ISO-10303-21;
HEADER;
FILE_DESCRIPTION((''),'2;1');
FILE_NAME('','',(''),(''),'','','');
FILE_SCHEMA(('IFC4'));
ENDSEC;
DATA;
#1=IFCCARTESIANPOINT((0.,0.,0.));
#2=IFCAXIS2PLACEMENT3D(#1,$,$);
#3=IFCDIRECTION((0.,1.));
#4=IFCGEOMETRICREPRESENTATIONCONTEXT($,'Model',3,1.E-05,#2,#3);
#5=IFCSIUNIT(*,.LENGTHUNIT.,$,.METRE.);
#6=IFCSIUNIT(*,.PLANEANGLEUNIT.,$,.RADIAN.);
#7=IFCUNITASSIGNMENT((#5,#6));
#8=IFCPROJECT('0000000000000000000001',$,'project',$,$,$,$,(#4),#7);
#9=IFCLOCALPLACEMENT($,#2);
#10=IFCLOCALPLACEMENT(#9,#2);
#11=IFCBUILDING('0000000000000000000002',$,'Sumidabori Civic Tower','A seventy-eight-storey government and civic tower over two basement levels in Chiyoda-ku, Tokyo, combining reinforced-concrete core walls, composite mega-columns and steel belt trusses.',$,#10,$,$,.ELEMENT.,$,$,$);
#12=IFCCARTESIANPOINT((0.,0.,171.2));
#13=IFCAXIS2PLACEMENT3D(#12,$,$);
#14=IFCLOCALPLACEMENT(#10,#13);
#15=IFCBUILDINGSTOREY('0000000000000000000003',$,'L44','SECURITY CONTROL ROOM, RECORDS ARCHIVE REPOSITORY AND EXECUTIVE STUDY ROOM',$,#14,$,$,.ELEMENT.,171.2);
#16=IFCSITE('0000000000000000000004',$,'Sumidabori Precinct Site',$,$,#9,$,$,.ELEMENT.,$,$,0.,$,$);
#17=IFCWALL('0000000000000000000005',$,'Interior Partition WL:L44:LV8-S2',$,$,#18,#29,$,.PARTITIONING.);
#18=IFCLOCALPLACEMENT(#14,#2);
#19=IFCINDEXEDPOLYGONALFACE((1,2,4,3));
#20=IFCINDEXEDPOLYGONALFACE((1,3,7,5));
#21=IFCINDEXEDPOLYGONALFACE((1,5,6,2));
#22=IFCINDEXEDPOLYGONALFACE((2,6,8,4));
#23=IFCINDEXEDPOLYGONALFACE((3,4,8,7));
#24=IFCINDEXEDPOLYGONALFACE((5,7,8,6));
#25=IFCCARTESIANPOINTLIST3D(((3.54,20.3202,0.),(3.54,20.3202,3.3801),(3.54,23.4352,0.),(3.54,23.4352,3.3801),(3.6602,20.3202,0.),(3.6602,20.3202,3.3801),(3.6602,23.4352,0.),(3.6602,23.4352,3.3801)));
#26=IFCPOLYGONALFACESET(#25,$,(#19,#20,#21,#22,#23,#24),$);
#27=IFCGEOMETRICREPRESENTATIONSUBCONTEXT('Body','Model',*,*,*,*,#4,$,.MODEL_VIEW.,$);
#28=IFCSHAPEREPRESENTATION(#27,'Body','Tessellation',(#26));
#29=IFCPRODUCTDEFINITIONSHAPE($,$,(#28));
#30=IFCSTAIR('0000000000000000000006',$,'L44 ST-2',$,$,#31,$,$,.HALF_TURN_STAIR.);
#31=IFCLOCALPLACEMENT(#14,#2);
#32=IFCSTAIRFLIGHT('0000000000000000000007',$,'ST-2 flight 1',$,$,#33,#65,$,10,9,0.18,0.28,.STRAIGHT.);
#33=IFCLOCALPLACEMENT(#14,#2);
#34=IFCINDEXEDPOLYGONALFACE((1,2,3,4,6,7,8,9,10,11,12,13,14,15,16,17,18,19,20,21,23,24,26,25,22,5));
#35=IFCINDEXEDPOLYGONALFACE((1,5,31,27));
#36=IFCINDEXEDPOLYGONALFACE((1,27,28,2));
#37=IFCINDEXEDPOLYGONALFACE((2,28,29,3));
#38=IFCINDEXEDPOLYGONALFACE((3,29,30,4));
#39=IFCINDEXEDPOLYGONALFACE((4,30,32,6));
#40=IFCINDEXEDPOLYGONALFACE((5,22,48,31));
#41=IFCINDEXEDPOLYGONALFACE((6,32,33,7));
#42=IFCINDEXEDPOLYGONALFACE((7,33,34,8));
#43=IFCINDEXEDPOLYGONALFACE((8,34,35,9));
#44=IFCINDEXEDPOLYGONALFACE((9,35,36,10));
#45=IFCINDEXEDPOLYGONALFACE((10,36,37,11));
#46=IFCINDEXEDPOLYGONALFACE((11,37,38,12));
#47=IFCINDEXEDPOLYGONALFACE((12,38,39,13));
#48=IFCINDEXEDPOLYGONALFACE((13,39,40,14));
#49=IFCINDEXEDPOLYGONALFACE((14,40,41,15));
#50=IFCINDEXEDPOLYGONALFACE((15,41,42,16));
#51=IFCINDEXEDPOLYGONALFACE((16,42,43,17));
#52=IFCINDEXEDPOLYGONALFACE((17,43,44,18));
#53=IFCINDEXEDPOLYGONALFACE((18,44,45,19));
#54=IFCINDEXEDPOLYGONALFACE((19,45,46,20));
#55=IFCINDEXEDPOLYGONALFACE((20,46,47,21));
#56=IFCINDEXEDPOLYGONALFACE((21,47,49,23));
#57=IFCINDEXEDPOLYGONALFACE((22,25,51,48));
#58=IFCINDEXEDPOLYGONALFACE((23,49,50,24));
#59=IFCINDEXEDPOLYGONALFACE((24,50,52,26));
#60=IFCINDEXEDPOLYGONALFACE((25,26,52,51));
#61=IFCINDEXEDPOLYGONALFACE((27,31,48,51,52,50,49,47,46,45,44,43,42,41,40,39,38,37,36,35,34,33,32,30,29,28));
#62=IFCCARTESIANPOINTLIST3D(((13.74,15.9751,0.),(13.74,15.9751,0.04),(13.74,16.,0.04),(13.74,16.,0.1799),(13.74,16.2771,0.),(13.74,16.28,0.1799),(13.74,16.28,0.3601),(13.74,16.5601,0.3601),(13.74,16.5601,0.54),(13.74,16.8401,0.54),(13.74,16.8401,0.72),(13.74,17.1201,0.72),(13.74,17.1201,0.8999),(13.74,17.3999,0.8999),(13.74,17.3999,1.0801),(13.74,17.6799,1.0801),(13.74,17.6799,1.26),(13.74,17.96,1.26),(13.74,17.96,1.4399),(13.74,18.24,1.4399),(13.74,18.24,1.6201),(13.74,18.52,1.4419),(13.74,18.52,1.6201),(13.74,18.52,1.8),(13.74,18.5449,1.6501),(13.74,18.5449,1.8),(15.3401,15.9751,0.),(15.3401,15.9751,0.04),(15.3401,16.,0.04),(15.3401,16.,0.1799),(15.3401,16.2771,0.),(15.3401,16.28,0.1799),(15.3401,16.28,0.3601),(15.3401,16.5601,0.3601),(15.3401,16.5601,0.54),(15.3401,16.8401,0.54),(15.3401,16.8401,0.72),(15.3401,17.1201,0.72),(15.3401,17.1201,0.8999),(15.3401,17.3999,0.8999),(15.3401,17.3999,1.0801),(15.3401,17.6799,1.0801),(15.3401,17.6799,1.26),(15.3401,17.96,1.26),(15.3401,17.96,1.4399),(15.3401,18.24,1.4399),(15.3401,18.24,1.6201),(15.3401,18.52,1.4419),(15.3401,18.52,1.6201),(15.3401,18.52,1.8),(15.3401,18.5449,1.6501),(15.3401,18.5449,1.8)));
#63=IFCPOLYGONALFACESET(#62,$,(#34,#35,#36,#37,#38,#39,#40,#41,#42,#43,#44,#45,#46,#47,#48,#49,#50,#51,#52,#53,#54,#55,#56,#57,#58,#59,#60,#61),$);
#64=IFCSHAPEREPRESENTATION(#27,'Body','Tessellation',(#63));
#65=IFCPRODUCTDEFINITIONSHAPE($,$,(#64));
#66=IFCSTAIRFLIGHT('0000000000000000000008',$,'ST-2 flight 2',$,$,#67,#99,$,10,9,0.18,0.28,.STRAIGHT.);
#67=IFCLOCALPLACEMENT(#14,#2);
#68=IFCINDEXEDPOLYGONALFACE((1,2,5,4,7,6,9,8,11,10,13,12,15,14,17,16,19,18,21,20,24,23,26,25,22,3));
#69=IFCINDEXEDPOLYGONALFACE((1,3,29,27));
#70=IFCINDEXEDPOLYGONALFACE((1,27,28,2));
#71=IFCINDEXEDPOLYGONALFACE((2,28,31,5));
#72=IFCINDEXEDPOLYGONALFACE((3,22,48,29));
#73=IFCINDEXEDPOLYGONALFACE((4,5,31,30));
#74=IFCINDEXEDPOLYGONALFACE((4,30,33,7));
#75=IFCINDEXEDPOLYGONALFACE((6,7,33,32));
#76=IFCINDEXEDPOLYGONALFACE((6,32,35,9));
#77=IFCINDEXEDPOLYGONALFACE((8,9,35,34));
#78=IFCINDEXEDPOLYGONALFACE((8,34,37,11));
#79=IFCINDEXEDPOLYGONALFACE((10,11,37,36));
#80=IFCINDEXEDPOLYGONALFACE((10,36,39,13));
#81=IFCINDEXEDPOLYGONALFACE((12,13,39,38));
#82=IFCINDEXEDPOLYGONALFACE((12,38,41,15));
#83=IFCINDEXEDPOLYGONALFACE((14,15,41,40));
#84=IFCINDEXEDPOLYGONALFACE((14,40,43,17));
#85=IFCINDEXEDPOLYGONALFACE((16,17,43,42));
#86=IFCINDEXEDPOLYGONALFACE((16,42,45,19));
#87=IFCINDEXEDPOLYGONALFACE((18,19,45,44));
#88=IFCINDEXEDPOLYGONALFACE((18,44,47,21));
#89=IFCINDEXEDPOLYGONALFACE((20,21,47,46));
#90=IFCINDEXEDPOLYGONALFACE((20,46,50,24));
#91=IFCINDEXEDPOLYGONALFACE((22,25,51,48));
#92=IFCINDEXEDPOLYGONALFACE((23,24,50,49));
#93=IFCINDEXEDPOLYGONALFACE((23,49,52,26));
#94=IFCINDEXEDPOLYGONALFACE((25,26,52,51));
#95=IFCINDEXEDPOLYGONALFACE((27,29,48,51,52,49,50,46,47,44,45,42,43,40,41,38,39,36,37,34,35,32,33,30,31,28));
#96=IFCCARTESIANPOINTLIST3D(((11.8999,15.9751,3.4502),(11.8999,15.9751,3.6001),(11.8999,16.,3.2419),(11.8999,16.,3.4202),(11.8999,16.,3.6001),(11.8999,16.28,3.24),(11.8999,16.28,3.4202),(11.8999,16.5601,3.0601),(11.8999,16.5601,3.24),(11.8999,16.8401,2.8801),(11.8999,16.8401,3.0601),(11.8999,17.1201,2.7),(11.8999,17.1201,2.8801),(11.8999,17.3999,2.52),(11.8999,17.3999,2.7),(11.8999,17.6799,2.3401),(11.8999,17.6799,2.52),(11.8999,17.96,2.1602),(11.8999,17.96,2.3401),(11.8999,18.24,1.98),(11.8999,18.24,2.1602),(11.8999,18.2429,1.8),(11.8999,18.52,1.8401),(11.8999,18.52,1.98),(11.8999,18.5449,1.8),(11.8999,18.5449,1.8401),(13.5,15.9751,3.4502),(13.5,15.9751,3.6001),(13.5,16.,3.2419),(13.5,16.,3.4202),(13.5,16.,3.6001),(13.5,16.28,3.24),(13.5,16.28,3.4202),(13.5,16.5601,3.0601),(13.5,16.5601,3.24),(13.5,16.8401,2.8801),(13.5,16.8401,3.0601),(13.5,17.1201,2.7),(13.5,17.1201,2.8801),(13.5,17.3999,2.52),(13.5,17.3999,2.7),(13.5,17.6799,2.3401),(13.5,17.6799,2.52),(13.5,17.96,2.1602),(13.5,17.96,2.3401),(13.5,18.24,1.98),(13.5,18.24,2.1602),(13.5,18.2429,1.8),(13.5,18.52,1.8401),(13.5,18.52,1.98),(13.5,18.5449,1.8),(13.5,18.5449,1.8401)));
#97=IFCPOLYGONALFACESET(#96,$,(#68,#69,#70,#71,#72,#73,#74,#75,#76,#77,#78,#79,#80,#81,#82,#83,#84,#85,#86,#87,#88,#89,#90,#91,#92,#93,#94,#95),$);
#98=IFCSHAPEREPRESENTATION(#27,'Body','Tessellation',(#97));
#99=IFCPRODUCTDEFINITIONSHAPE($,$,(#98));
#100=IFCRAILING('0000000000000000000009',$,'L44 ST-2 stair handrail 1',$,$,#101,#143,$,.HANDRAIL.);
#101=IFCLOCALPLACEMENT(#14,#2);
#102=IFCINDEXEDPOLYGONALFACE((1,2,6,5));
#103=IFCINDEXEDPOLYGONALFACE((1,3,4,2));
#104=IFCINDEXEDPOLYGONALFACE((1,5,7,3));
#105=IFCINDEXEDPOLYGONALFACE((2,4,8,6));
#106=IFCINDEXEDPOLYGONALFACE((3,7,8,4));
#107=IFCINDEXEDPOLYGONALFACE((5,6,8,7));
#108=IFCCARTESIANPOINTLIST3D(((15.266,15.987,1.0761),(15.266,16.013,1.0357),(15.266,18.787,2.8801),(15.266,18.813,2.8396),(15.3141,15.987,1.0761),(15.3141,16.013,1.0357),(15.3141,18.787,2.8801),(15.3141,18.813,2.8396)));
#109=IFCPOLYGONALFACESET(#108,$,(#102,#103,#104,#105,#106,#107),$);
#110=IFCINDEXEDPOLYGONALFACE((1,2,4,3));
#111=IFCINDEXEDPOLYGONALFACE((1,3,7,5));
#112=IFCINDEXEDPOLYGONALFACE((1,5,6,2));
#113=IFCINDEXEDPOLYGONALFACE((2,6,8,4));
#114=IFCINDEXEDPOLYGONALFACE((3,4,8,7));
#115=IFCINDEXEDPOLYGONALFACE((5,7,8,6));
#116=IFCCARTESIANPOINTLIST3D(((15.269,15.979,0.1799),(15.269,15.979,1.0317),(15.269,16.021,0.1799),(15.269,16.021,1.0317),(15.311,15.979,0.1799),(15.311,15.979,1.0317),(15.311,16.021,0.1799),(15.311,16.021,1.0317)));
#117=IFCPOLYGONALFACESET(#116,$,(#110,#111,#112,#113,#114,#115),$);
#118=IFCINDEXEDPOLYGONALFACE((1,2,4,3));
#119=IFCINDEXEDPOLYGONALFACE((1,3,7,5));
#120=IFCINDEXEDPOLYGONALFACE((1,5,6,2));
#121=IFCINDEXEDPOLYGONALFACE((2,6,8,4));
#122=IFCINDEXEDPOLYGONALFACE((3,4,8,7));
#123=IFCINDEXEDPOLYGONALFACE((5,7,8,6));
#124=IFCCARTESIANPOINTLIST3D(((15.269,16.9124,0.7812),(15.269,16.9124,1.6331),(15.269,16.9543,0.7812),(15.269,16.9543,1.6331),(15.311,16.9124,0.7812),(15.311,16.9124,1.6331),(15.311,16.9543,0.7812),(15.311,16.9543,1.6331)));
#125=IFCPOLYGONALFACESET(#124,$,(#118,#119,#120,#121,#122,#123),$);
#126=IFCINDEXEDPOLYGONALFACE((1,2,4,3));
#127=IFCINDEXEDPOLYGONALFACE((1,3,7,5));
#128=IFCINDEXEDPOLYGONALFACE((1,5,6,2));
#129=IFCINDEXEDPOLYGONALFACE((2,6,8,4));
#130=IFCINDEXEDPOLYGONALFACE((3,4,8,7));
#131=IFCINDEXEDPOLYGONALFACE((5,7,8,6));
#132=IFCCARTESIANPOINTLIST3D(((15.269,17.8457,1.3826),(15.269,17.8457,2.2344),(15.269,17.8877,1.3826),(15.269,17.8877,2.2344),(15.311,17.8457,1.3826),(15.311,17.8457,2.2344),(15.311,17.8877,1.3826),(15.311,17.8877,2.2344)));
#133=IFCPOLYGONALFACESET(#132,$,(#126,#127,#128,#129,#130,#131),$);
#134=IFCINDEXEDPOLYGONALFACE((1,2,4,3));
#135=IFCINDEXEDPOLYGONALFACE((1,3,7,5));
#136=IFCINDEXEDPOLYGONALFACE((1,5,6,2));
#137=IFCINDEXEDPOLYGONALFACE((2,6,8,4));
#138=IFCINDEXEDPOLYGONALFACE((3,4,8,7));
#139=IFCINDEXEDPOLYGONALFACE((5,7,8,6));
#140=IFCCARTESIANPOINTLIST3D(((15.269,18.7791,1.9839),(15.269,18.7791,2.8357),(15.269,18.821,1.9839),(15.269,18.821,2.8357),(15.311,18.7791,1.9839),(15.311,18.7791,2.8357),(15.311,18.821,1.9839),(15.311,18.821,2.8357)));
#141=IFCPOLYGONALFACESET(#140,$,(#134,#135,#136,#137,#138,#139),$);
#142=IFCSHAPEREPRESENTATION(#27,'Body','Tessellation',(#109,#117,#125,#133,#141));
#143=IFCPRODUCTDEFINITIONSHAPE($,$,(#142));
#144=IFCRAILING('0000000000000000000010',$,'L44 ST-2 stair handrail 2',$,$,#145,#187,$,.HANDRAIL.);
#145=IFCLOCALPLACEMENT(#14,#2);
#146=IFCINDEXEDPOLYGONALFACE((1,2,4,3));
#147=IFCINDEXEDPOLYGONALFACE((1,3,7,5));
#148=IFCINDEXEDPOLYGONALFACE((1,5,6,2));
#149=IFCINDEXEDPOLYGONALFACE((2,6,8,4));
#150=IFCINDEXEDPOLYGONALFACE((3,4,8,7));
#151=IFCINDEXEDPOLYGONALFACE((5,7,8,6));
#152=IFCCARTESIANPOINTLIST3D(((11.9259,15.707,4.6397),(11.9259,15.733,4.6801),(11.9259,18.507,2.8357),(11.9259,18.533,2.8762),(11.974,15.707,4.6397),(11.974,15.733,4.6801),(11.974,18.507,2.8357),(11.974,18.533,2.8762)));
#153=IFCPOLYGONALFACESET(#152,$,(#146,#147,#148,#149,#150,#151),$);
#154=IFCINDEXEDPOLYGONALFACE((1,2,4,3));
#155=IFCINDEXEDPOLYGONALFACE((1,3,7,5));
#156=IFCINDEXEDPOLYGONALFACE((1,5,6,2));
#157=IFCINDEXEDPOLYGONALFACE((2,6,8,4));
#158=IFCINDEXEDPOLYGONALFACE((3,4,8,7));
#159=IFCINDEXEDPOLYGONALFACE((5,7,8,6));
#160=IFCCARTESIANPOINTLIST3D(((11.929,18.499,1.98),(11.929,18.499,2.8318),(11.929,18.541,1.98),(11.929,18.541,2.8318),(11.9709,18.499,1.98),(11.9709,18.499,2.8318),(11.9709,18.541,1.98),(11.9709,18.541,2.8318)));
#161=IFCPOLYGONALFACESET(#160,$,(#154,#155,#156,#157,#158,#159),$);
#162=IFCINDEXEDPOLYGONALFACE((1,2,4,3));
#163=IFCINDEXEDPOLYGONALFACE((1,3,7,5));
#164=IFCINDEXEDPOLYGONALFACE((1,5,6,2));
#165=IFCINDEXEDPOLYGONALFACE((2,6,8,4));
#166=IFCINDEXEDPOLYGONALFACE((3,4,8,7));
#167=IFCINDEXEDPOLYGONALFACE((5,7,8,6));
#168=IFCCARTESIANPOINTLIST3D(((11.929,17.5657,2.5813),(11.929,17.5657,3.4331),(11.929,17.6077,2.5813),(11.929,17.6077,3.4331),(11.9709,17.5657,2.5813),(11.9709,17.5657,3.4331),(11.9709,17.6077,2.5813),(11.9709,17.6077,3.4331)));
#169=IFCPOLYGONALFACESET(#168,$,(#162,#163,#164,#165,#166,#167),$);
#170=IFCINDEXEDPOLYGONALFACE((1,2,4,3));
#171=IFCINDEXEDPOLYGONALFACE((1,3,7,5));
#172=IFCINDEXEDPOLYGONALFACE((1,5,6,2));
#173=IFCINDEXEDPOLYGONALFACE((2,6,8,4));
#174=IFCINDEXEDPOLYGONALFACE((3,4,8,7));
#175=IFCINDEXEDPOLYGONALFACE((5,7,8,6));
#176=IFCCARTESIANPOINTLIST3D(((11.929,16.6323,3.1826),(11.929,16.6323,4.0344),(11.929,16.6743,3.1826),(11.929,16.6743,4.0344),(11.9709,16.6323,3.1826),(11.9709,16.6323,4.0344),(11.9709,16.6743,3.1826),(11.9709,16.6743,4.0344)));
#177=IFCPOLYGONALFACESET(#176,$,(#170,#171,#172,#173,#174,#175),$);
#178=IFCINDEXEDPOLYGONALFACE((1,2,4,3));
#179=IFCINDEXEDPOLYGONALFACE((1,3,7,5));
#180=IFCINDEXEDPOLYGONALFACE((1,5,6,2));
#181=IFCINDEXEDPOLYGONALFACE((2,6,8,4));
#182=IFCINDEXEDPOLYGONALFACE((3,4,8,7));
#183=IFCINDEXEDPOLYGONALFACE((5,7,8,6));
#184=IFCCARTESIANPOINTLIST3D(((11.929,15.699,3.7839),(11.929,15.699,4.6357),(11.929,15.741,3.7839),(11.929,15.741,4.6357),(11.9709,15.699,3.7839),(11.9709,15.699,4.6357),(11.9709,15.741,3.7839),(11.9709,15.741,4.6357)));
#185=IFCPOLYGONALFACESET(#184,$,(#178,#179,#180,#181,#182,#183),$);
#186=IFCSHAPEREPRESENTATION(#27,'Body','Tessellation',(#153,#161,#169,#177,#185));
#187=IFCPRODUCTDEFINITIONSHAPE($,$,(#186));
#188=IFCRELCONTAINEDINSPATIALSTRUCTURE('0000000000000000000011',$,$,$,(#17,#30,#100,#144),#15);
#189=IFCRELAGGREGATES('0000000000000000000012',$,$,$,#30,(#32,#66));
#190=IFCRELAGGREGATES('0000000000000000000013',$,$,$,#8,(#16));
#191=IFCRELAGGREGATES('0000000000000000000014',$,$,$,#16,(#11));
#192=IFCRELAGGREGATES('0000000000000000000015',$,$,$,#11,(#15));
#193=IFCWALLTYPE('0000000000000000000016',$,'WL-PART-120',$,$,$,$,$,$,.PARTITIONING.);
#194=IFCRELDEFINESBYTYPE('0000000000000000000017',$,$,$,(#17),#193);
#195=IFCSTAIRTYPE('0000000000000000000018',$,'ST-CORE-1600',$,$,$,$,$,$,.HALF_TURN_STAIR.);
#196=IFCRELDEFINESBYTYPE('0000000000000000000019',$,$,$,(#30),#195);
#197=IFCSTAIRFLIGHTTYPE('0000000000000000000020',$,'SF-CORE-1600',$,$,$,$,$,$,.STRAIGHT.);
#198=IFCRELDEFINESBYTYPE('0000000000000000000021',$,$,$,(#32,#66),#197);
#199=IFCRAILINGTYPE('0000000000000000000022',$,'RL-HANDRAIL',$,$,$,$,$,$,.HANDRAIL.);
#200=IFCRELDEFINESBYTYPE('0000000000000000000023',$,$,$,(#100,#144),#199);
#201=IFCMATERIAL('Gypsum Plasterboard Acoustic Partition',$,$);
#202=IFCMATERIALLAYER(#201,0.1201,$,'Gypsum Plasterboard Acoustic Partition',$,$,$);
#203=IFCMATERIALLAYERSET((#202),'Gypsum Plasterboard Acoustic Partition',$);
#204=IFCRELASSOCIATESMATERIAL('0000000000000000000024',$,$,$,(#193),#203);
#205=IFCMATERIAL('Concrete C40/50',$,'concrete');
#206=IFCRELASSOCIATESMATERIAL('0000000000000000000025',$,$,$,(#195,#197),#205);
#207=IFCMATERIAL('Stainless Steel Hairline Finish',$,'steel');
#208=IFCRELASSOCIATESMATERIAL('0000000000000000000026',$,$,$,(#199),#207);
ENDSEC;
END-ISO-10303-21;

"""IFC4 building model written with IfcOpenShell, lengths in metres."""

from ifc_helpers import new_model, si_unit, direction, frame, frame_2d, origin, origin_2d, place, context, subcontext, project, spatial, polyline, rectangle, outline, extrude, source, transform, mapped, material, layer, layer_set, type_object, element, aggregate, save


model = new_model("IFC4")

# Units and contexts
model_context = context("Model", 3, precision=1e-05, world=origin(), true_north=direction((0.0, 1.0)))
body_context = subcontext(model_context, "Body", "Model", "MODEL_VIEW")
ifc_project = project(units=[si_unit("LENGTHUNIT", "METRE"), si_unit("PLANEANGLEUNIT", "RADIAN")], contexts=[model_context])

# Site, building, storey
site_placement = place(None, origin())
site = spatial("IfcSite", under=ifc_project, at=site_placement, Name="Sumidabori Precinct Site", CompositionType="ELEMENT", RefElevation=0.0)
building_placement = place(site_placement, origin())
building = spatial("IfcBuilding", under=site, at=building_placement, Name="Sumidabori Civic Tower", Description="A seventy-eight-storey government and civic tower over two basement levels in Chiyoda-ku, Tokyo, combining reinforced-concrete core walls, composite mega-columns and steel belt trusses.", CompositionType="ELEMENT")
storey_placement = place(building_placement, frame((0.0, 0.0, 171.2)))
storey = spatial("IfcBuildingStorey", under=building, at=storey_placement, Name="L44", Description="SECURITY CONTROL ROOM, RECORDS ARCHIVE REPOSITORY AND EXECUTIVE STUDY ROOM", CompositionType="ELEMENT", Elevation=171.2)

# Wall
ifc_material_1 = material(Name="Gypsum Plasterboard Acoustic Partition")
ifc_layer_1 = layer(ifc_material_1, 0.1201, Name="Gypsum Plasterboard Acoustic Partition")
ifc_layer_set_1 = layer_set([ifc_layer_1], Name="Gypsum Plasterboard Acoustic Partition")
wall_type_1 = type_object("IfcWallType", Name="WL-PART-120", PredefinedType="PARTITIONING", material=ifc_layer_set_1)
shared_shape_1 = source(origin(), body_context, "Body", "SweptSolid", [
    extrude(rectangle(XDim=3.115, YDim=0.1201, at=frame_2d((1.5576, 0.0))), origin(), (0.0, 0.0, 1.0), 3.3801),
])
for number, where, z_axis, x_axis, name in (
    (1, (3.6001, 20.3201, 0.0), (0.0, 0.0, 1.0), (0.0, 1.0, 0.0), "Interior Partition WL:L44:LV8-S2"),
):
    element("IfcWall", number, at=place(storey_placement, frame(where, z_axis=z_axis, x_axis=x_axis)), inside=storey, type_object=wall_type_1, Name=name, PredefinedType="PARTITIONING", context=body_context, shape_type="MappedRepresentation", body=[
        mapped(shared_shape_1, transform((0.0, 0.0, 0.0), x_axis=(1.0, 0.0, 0.0), y_axis=(0.0, 1.0, 0.0), z_axis=(0.0, 0.0, 1.0), scale=1.0)),
    ])

# Stair, stair flights
ifc_material_2 = material(Name="Concrete C40/50", Category="concrete")
stair_type = type_object("IfcStairType", Name="ST-CORE-1600", PredefinedType="HALF_TURN_STAIR", material=ifc_material_2)
stair_placement = place(storey_placement, origin())
stair = element("IfcStair", 2, at=stair_placement, inside=storey, type_object=stair_type, Name="L44 ST-2", PredefinedType="HALF_TURN_STAIR")
stair_flight_type = type_object("IfcStairFlightType", Name="SF-CORE-1600", PredefinedType="STRAIGHT", material=ifc_material_2)
shared_shape_2 = source(origin(), body_context, "Body", "SweptSolid", [
    extrude(outline(polyline([(-0.0249, 0.0), (-0.0249, 0.04), (0.0, 0.04), (0.0, 0.1799), (0.28, 0.1799), (0.28, 0.3601), (0.5601, 0.3601), (0.5601, 0.54), (0.8401, 0.54), (0.8401, 0.72), (1.1201, 0.72), (1.1201, 0.8999), (1.3999, 0.8999), (1.3999, 1.0801), (1.6799, 1.0801), (1.6799, 1.26), (1.96, 1.26), (1.96, 1.4399), (2.24, 1.4399), (2.24, 1.6201), (2.52, 1.6201), (2.52, 1.8), (2.5449, 1.8), (2.5449, 1.6501), (2.52, 1.4419), (0.2771, 0.0), (-0.0249, 0.0)])), frame((0.0, 0.8, 0.0), z_axis=(0.0, -1.0, 0.0), x_axis=(1.0, 0.0, 0.0)), (0.0, 0.0, 1.0), 1.6001),
])
stair_flight_1_placement = place(storey_placement, frame((14.54, 16.0, 0.0), z_axis=(0.0, 0.0, 1.0), x_axis=(0.0, 1.0, 0.0)))
stair_flight_1 = element("IfcStairFlight", 3, at=stair_flight_1_placement, type_object=stair_flight_type, Name="ST-2 flight 1", NumberOfRisers=10, NumberOfTreads=9, PredefinedType="STRAIGHT", RiserHeight=0.18, TreadLength=0.28, context=body_context, shape_type="MappedRepresentation", body=[
    mapped(shared_shape_2, transform((0.0, 0.0, 0.0), x_axis=(1.0, 0.0, 0.0), y_axis=(0.0, 1.0, 0.0), z_axis=(0.0, 0.0, 1.0), scale=1.0)),
])
stair_flight_2_placement = place(storey_placement, frame((12.7, 18.52, 1.8), z_axis=(0.0, 0.0, 1.0), x_axis=(0.0, -1.0, 0.0)))
stair_flight_2 = element("IfcStairFlight", 4, at=stair_flight_2_placement, type_object=stair_flight_type, Name="ST-2 flight 2", NumberOfRisers=10, NumberOfTreads=9, PredefinedType="STRAIGHT", RiserHeight=0.18, TreadLength=0.28, context=body_context, shape_type="MappedRepresentation", body=[
    mapped(shared_shape_2, transform((0.0, 0.0, 0.0), x_axis=(1.0, 0.0, 0.0), y_axis=(0.0, 1.0, 0.0), z_axis=(0.0, 0.0, 1.0), scale=1.0)),
])
aggregate(stair, [stair_flight_1, stair_flight_2])

# Railings
ifc_material_3 = material(Name="Stainless Steel Hairline Finish", Category="steel")
railing_type_1 = type_object("IfcRailingType", Name="RL-HANDRAIL", PredefinedType="HANDRAIL", material=ifc_material_3)
railing_1_placement = place(storey_placement, frame((15.29, 16.0, 0.1799)))
element("IfcRailing", 5, at=railing_1_placement, inside=storey, type_object=railing_type_1, Name="L44 ST-2 stair handrail 1", PredefinedType="HANDRAIL", context=body_context, shape_type="SweptSolid", body=[
    extrude(rectangle(XDim=0.0481, YDim=0.0481, at=origin_2d()), frame((0.0, 0.0, 0.876), z_axis=(0.0, 0.840642, 0.541591), x_axis=(-1.0, 0.0, 0.0)), (0.0, 0.0, 1.0), 3.3308),
    extrude(rectangle(XDim=0.042, YDim=0.042, at=origin_2d()), origin(), (0.0, 0.0, 1.0), 0.8518),
    extrude(rectangle(XDim=0.042, YDim=0.042, at=origin_2d()), frame((0.0, 0.9333, 0.6013)), (0.0, 0.0, 1.0), 0.8518),
    extrude(rectangle(XDim=0.042, YDim=0.042, at=origin_2d()), frame((0.0, 1.8667, 1.2026)), (0.0, 0.0, 1.0), 0.8518),
    extrude(rectangle(XDim=0.042, YDim=0.042, at=origin_2d()), frame((0.0, 2.8, 1.804)), (0.0, 0.0, 1.0), 0.8518),
])
railing_2_placement = place(storey_placement, frame((11.95, 18.52, 1.98)))
element("IfcRailing", 6, at=railing_2_placement, inside=storey, type_object=railing_type_1, Name="L44 ST-2 stair handrail 2", PredefinedType="HANDRAIL", context=body_context, shape_type="SweptSolid", body=[
    extrude(rectangle(XDim=0.0481, YDim=0.0481, at=origin_2d()), frame((0.0, 0.0, 0.876), z_axis=(0.0, -0.840642, 0.541591), x_axis=(1.0, 0.0, 0.0)), (0.0, 0.0, 1.0), 3.3308),
    extrude(rectangle(XDim=0.042, YDim=0.042, at=origin_2d()), origin(), (0.0, 0.0, 1.0), 0.8518),
    extrude(rectangle(XDim=0.042, YDim=0.042, at=origin_2d()), frame((0.0, -0.9333, 0.6013)), (0.0, 0.0, 1.0), 0.8518),
    extrude(rectangle(XDim=0.042, YDim=0.042, at=origin_2d()), frame((0.0, -1.8667, 1.2026)), (0.0, 0.0, 1.0), 0.8518),
    extrude(rectangle(XDim=0.042, YDim=0.042, at=origin_2d()), frame((0.0, -2.8, 1.804)), (0.0, 0.0, 1.0), 0.8518),
])

save(model, "model.ifc")
